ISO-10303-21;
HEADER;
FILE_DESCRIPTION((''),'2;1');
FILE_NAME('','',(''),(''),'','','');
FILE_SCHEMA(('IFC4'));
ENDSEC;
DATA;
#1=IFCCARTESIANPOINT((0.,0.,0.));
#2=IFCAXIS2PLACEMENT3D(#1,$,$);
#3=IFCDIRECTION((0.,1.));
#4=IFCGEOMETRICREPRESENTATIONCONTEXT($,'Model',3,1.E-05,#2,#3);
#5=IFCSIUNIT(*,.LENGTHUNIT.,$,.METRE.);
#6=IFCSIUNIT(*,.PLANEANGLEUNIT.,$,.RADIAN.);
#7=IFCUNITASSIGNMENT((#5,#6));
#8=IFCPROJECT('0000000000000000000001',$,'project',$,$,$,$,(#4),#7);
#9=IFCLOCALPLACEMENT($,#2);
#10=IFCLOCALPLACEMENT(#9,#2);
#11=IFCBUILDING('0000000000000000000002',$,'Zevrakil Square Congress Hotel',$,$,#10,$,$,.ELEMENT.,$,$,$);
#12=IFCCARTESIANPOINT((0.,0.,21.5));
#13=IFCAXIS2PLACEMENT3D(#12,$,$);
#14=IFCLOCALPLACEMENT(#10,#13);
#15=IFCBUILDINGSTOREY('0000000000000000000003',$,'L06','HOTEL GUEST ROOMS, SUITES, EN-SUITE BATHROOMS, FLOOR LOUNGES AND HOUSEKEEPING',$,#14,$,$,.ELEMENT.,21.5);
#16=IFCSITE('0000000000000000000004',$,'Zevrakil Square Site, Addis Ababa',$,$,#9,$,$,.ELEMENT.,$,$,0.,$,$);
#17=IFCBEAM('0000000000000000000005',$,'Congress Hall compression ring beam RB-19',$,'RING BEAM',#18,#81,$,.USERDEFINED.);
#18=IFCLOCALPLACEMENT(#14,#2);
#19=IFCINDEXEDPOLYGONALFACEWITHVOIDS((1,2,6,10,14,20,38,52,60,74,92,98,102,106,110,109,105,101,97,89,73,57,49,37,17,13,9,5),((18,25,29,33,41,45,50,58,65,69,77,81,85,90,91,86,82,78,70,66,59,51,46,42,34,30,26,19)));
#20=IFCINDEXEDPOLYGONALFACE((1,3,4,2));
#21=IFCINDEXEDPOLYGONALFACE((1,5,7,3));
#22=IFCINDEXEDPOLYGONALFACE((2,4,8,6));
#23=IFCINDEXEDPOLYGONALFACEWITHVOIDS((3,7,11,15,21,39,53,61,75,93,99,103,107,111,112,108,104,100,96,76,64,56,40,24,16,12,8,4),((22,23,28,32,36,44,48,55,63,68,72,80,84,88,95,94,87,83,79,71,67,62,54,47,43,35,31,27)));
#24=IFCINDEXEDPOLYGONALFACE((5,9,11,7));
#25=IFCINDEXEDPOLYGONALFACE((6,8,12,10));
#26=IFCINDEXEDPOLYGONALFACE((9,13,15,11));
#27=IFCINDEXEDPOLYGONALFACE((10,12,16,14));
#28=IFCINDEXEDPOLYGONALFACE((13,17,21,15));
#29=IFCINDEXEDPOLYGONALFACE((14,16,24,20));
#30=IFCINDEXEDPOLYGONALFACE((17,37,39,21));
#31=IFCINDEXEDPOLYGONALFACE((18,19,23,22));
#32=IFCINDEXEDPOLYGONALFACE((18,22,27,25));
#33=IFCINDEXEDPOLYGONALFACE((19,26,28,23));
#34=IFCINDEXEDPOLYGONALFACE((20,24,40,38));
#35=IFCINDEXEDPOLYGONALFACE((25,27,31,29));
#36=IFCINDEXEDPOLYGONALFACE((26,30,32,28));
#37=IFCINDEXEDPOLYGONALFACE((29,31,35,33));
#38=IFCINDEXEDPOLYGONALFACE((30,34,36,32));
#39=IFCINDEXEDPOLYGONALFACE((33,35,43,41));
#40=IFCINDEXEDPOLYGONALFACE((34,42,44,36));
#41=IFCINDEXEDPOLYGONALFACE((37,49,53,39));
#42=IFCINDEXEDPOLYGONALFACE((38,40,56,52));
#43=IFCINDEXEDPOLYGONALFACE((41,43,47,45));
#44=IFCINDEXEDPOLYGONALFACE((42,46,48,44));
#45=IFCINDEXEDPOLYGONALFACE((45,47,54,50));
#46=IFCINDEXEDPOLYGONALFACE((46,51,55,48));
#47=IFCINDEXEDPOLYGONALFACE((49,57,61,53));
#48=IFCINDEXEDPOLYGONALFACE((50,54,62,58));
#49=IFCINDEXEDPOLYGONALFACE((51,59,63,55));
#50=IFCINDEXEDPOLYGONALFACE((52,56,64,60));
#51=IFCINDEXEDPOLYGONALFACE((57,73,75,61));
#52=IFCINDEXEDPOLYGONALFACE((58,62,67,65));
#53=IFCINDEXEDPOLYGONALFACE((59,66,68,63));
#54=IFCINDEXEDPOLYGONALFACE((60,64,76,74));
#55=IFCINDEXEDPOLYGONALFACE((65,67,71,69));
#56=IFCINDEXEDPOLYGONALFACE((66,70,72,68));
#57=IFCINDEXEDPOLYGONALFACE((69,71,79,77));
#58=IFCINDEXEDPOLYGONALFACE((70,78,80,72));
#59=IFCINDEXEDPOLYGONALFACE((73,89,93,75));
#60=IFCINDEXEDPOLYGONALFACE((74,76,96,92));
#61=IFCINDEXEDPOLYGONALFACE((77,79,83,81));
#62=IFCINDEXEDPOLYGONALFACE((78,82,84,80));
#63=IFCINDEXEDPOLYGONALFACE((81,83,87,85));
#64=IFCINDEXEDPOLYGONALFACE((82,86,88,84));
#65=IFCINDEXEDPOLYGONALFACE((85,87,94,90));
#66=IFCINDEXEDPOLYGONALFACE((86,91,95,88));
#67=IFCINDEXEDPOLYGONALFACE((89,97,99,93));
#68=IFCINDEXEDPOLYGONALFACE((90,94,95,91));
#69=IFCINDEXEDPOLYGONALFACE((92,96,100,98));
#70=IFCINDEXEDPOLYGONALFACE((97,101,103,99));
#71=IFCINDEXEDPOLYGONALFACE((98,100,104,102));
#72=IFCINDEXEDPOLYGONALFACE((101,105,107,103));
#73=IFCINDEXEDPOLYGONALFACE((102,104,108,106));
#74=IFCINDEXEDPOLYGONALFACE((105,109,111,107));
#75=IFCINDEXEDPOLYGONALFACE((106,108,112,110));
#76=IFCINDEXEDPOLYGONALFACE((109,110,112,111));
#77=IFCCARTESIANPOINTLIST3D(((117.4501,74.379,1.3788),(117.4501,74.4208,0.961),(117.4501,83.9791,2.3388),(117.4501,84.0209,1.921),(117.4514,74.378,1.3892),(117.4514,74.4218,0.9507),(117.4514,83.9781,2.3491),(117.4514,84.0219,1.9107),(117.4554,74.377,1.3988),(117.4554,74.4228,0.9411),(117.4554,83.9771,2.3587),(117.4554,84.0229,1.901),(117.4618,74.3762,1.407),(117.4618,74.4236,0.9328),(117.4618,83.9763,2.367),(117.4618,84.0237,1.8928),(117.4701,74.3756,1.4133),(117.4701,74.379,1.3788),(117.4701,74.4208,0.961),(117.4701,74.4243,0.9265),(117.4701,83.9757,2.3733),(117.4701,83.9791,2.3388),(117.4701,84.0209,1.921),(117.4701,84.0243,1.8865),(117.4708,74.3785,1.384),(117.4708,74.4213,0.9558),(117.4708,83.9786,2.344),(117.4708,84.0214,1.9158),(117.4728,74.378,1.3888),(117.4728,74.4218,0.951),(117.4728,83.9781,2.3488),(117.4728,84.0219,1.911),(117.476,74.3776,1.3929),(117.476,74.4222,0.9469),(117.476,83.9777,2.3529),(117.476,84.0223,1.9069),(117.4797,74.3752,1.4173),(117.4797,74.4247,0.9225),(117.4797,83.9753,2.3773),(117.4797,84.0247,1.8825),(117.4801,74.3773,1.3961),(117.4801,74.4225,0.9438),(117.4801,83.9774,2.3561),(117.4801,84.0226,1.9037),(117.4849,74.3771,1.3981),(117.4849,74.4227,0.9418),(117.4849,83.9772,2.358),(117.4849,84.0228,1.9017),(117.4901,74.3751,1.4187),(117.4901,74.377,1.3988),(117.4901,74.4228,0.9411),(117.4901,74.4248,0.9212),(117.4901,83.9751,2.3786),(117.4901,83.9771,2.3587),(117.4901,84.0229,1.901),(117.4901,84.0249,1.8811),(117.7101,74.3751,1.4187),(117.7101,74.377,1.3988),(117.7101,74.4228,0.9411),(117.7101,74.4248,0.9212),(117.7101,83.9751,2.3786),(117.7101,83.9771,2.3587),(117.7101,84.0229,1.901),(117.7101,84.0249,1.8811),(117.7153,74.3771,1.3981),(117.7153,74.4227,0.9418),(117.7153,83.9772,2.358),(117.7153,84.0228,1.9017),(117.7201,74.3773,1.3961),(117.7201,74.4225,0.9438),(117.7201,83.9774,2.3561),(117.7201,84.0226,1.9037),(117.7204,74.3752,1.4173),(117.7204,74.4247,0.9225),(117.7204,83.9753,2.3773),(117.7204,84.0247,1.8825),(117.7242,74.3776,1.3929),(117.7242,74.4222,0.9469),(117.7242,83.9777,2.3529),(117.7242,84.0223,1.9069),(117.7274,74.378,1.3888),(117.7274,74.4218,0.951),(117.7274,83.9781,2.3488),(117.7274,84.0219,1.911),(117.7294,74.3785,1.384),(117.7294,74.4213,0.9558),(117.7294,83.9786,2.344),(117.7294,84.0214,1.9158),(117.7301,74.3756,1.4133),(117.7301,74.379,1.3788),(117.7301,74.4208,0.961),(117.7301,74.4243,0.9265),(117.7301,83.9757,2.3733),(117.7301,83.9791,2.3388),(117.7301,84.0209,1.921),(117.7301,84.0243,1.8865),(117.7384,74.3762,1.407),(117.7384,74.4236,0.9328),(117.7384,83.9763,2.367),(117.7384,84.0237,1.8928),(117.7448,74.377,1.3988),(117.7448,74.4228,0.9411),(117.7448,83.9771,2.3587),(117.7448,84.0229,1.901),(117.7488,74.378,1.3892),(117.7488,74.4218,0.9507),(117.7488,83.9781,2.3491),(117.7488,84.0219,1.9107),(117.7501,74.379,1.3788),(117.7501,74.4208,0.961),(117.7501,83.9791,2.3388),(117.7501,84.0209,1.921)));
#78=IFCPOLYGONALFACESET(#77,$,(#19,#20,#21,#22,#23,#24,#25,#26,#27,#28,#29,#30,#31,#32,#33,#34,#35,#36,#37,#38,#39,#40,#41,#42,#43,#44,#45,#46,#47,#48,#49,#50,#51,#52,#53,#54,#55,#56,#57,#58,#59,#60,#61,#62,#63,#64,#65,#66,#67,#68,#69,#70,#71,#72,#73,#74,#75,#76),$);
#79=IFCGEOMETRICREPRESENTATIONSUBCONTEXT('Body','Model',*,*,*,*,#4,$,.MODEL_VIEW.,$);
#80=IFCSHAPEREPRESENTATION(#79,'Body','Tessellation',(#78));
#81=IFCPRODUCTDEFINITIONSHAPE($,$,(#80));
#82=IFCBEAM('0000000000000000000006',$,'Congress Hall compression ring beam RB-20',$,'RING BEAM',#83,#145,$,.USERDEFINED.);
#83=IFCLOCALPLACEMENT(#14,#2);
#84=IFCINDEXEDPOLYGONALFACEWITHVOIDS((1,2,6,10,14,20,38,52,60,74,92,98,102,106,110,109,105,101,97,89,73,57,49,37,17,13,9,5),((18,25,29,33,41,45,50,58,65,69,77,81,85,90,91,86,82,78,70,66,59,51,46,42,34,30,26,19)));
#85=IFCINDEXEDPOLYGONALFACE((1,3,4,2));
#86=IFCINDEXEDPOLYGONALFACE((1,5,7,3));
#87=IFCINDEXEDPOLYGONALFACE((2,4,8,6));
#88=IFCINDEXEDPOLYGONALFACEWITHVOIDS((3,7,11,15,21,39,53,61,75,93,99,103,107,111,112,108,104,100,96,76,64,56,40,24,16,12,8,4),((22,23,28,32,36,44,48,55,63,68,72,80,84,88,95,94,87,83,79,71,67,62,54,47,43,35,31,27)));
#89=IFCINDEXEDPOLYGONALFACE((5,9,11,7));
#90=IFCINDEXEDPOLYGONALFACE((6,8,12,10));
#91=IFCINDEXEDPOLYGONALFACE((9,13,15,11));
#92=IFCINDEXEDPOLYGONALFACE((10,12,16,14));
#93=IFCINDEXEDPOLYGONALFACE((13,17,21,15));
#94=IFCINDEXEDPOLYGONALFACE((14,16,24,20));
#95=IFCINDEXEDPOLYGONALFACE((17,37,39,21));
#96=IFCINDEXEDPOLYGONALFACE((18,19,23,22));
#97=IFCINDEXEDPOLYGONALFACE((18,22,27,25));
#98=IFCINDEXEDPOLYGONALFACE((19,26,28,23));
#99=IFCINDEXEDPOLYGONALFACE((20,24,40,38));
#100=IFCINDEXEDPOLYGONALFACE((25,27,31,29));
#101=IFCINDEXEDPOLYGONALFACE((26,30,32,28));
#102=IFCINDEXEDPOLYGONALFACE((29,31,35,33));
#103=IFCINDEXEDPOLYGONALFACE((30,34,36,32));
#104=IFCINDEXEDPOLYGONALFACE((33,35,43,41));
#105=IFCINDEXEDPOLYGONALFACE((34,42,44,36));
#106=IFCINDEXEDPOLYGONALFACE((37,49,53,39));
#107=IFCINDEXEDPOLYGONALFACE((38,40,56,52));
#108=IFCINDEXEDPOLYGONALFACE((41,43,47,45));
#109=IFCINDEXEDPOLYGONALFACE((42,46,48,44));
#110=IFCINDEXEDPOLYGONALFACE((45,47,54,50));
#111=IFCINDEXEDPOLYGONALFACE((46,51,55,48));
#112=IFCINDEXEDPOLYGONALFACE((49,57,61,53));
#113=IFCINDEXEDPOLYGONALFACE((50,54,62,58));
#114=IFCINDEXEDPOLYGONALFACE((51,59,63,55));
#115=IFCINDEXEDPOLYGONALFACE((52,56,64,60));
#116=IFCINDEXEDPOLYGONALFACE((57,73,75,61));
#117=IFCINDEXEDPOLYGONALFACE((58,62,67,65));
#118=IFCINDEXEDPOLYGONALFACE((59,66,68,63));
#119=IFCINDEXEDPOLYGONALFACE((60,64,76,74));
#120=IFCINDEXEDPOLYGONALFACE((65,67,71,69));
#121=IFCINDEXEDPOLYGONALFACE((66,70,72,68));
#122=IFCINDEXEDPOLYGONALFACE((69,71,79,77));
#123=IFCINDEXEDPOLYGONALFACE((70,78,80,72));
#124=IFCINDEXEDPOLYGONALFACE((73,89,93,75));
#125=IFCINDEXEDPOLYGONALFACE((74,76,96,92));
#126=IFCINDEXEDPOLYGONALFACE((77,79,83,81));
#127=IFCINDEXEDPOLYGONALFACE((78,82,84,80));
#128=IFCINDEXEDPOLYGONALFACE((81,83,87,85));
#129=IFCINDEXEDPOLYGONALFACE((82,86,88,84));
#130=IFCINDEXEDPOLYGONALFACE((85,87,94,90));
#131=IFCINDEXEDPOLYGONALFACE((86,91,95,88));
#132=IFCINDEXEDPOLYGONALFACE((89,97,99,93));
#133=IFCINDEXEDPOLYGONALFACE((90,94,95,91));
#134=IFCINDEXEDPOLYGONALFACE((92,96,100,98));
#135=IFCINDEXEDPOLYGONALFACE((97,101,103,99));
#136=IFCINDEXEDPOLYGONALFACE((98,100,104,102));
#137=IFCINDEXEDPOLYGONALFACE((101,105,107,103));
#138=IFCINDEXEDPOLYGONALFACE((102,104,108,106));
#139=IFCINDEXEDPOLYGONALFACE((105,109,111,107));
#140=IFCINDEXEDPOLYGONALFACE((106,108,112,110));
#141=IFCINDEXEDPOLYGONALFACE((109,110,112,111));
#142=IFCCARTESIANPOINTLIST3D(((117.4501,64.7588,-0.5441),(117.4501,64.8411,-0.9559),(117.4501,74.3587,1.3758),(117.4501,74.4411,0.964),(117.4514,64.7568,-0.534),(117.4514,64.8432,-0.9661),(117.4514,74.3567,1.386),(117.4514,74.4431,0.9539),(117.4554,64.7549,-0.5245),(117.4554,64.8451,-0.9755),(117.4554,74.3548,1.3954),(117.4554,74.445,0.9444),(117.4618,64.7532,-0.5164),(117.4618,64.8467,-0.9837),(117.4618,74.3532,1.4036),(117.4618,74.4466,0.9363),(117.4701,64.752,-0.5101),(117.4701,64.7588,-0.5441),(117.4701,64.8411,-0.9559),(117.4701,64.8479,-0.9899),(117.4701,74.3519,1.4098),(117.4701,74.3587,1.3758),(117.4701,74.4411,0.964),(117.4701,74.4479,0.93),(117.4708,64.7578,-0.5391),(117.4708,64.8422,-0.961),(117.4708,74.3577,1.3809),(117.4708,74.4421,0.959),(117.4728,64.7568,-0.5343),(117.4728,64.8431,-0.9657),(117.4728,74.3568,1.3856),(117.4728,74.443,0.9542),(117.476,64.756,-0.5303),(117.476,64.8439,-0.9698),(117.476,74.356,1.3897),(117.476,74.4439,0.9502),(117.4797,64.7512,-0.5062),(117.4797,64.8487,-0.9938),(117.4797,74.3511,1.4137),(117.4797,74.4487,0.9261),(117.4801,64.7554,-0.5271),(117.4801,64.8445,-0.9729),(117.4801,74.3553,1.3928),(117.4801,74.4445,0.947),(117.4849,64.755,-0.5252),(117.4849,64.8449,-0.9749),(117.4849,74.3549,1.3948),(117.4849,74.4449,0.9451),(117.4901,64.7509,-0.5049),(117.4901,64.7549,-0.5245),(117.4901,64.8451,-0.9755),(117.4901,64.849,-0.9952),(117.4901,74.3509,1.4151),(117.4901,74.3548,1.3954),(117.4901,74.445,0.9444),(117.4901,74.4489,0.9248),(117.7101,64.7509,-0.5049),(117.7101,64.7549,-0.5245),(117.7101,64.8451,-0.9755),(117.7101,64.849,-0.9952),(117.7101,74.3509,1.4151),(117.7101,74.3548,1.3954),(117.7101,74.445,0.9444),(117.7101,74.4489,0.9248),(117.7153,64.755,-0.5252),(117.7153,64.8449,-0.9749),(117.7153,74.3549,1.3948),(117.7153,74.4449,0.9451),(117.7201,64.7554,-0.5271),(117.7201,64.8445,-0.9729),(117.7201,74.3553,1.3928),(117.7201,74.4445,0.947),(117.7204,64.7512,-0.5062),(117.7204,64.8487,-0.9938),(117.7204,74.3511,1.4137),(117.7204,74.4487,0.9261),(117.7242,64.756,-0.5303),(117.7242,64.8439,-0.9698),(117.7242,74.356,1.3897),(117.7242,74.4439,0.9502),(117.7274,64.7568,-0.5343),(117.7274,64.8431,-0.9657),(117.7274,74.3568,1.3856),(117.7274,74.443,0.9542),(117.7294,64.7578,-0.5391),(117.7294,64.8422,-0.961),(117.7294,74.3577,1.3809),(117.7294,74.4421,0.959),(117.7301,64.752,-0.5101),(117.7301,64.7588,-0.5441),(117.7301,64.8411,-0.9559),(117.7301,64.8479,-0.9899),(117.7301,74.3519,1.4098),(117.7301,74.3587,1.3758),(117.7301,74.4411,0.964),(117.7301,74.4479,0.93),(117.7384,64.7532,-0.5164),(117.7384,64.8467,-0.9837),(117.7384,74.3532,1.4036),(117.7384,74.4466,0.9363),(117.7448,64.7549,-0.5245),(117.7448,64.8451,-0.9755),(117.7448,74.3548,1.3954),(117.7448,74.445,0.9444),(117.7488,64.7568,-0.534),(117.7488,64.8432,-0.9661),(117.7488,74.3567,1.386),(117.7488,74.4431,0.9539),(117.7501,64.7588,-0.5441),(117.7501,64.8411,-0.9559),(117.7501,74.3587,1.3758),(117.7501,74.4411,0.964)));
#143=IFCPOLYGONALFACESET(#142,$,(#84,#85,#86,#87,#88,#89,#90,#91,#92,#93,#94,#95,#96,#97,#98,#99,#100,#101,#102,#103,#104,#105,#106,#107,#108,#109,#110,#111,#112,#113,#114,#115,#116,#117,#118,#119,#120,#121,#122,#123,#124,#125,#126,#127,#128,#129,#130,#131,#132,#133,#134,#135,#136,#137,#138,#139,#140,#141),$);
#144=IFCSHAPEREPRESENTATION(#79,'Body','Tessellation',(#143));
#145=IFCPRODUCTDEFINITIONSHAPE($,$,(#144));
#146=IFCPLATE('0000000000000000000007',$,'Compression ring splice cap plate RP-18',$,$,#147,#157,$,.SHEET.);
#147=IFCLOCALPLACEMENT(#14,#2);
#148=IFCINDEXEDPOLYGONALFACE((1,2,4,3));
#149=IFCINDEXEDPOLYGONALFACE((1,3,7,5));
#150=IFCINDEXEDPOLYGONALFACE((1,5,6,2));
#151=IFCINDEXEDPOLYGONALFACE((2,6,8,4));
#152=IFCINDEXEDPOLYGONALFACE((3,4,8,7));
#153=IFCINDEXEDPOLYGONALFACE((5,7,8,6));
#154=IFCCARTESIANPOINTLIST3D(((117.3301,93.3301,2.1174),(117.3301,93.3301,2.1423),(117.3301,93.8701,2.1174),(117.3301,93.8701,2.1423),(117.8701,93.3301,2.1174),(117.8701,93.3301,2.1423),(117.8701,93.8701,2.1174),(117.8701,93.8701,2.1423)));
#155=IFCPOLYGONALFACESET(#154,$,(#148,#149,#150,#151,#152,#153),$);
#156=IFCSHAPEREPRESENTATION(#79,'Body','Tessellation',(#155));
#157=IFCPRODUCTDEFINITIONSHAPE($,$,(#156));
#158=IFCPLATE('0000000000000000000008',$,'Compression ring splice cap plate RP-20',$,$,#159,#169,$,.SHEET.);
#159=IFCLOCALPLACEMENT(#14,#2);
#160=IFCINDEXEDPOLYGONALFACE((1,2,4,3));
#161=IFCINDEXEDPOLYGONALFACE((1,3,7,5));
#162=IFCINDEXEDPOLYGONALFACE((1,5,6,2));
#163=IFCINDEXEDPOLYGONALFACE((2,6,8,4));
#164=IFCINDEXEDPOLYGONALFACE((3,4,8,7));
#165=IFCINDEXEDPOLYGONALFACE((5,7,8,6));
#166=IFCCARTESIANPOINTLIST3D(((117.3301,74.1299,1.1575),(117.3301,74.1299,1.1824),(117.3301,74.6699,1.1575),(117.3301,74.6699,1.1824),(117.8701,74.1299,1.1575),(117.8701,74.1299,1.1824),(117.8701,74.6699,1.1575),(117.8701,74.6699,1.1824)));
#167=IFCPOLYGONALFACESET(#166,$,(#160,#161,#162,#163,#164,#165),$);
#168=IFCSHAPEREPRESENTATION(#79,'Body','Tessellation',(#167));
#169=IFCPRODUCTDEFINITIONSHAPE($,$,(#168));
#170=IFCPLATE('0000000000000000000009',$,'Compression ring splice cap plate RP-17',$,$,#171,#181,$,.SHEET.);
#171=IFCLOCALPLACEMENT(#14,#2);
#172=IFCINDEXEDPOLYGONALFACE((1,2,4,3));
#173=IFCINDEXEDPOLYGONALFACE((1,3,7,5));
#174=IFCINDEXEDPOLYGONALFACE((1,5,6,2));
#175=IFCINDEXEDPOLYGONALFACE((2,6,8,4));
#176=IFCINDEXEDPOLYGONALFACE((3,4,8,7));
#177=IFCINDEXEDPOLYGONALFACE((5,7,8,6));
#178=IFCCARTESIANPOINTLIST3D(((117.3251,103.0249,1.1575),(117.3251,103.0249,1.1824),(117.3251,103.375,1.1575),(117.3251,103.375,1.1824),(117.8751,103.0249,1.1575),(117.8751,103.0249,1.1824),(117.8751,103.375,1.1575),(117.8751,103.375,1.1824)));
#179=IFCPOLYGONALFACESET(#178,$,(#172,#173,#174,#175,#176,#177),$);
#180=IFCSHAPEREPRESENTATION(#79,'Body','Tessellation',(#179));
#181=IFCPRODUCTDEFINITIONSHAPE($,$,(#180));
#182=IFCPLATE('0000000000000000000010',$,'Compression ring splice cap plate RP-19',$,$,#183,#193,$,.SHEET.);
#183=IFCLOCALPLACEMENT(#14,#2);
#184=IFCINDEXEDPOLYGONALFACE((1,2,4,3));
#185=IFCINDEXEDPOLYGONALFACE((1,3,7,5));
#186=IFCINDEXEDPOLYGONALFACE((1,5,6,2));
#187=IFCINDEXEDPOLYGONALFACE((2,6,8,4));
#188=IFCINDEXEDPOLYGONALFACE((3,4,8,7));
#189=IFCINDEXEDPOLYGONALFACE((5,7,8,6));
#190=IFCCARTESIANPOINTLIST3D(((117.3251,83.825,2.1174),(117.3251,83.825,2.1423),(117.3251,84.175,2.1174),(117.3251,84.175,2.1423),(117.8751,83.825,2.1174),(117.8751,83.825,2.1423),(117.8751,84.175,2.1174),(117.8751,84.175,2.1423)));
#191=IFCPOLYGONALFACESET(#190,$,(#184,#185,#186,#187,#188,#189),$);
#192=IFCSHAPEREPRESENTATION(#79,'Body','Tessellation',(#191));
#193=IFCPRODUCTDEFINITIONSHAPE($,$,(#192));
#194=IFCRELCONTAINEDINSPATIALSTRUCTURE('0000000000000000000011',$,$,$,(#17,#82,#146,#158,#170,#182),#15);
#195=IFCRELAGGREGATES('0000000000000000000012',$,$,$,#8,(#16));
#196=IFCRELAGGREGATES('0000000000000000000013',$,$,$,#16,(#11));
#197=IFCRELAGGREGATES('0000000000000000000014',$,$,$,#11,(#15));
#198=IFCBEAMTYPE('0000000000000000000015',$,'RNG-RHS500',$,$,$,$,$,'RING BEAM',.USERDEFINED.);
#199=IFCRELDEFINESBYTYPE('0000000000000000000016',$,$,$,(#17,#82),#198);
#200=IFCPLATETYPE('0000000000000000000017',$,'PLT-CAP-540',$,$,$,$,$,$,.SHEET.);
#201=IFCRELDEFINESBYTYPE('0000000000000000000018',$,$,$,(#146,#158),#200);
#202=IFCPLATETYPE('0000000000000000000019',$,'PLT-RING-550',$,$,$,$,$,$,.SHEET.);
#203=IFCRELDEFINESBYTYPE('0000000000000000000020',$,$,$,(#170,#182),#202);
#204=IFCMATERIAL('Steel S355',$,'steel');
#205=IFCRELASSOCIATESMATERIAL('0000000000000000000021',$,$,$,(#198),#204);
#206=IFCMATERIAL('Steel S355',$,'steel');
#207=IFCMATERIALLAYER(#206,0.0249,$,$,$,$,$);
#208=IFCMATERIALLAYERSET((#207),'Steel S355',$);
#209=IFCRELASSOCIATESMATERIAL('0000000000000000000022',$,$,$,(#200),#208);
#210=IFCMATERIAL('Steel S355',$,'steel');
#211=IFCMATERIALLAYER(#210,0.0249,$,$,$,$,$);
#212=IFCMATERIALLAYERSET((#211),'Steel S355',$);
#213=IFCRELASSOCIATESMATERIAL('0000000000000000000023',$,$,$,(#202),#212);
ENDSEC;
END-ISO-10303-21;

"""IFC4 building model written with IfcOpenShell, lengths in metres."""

from ifc_helpers import new_model, si_unit, direction, frame, origin, origin_2d, place, context, subcontext, project, spatial, rectangle, hollow_rectangle, extrude, material, layer, layer_set, material_profile, profile_set, type_object, element, save


model = new_model("IFC4")

# Units and contexts
model_context = context("Model", 3, precision=1e-05, world=origin(), true_north=direction((0.0, 1.0)))
body_context = subcontext(model_context, "Body", "Model", "MODEL_VIEW")
ifc_project = project(units=[si_unit("LENGTHUNIT", "METRE"), si_unit("PLANEANGLEUNIT", "RADIAN")], contexts=[model_context])

# Site, building, storey
site_placement = place(None, origin())
site = spatial("IfcSite", under=ifc_project, at=site_placement, Name="Zevrakil Square Site, Addis Ababa", CompositionType="ELEMENT", RefElevation=0.0)
building_placement = place(site_placement, origin())
building = spatial("IfcBuilding", under=site, at=building_placement, Name="Zevrakil Square Congress Hotel", CompositionType="ELEMENT")
storey_placement = place(building_placement, frame((0.0, 0.0, 21.5)))
storey = spatial("IfcBuildingStorey", under=building, at=storey_placement, Name="L06", Description="HOTEL GUEST ROOMS, SUITES, EN-SUITE BATHROOMS, FLOOR LOUNGES AND HOUSEKEEPING", CompositionType="ELEMENT", Elevation=21.5)

# Beams
ifc_material_1 = material(Name="Steel S355", Category="steel")
ifc_material_profile_1 = material_profile(ifc_material_1, hollow_rectangle(XDim=0.3, YDim=0.5, WallThickness=0.02, InnerFilletRadius=0.02, OuterFilletRadius=0.04, at=origin_2d()), Name="RHS 500x300x20")
ifc_profile_set_1 = profile_set([ifc_material_profile_1], Name="Steel S355")
beam_type = type_object("IfcBeamType", Name="RNG-RHS500", ElementType="RING BEAM", PredefinedType="USERDEFINED", material=ifc_profile_set_1)
beam_1_placement = place(storey_placement, frame((117.6001, 84.0, 2.1299), z_axis=(0.0, -0.995038, -0.099499), x_axis=(1.0, 0.0, 0.0)))
element("IfcBeam", 1, at=beam_1_placement, inside=storey, type_object=beam_type, Name="Congress Hall compression ring beam RB-19", ObjectType="RING BEAM", PredefinedType="USERDEFINED", context=body_context, shape_type="SweptSolid", body=[
    extrude(hollow_rectangle(XDim=0.3, YDim=0.5, WallThickness=0.02, InnerFilletRadius=0.02, OuterFilletRadius=0.04, at=origin_2d()), origin(), (0.0, 0.0, 1.0), 9.6479),
])
beam_2_placement = place(storey_placement, frame((117.6001, 74.3999, 1.1699), z_axis=(0.0, -0.980582, -0.196111), x_axis=(1.0, 0.0, 0.0)))
element("IfcBeam", 2, at=beam_2_placement, inside=storey, type_object=beam_type, Name="Congress Hall compression ring beam RB-20", ObjectType="RING BEAM", PredefinedType="USERDEFINED", context=body_context, shape_type="SweptSolid", body=[
    extrude(hollow_rectangle(XDim=0.3, YDim=0.5, WallThickness=0.02, InnerFilletRadius=0.02, OuterFilletRadius=0.04, at=origin_2d()), origin(), (0.0, 0.0, 1.0), 9.79),
])

# Plates
ifc_material_2 = material(Name="Steel S355", Category="steel")
ifc_layer_1 = layer(ifc_material_2, 0.0249)
ifc_layer_set_1 = layer_set([ifc_layer_1], Name="Steel S355")
plate_type_1 = type_object("IfcPlateType", Name="PLT-CAP-540", PredefinedType="SHEET", material=ifc_layer_set_1)
for number, where, z_axis, x_axis, name in (
    (3, (117.6001, 93.6001, 2.1174), (0.0, 0.0, 1.0), (1.0, 0.0, 0.0), "Compression ring splice cap plate RP-18"),
    (4, (117.6001, 74.3999, 1.1575), (0.0, 0.0, 1.0), (1.0, 0.0, 0.0), "Compression ring splice cap plate RP-20"),
):
    element("IfcPlate", number, at=place(storey_placement, frame(where, z_axis=z_axis, x_axis=x_axis)), inside=storey, type_object=plate_type_1, Name=name, PredefinedType="SHEET", context=body_context, shape_type="SweptSolid", body=[
        extrude(rectangle(XDim=0.54, YDim=0.54, at=origin_2d()), origin(), (0.0, 0.0, 1.0), 0.0249),
    ])
ifc_material_3 = material(Name="Steel S355", Category="steel")
ifc_layer_2 = layer(ifc_material_3, 0.0249)
ifc_layer_set_2 = layer_set([ifc_layer_2], Name="Steel S355")
plate_type_2 = type_object("IfcPlateType", Name="PLT-RING-550", PredefinedType="SHEET", material=ifc_layer_set_2)
for number, where, z_axis, x_axis, name in (
    (5, (117.6001, 103.2, 1.1575), (0.0, 0.0, 1.0), (1.0, 0.0, 0.0), "Compression ring splice cap plate RP-17"),
    (6, (117.6001, 84.0, 2.1174), (0.0, 0.0, 1.0), (1.0, 0.0, 0.0), "Compression ring splice cap plate RP-19"),
):
    element("IfcPlate", number, at=place(storey_placement, frame(where, z_axis=z_axis, x_axis=x_axis)), inside=storey, type_object=plate_type_2, Name=name, PredefinedType="SHEET", context=body_context, shape_type="SweptSolid", body=[
        extrude(rectangle(XDim=0.55, YDim=0.3501, at=origin_2d()), origin(), (0.0, 0.0, 1.0), 0.0249),
    ])

save(model, "model.ifc")
